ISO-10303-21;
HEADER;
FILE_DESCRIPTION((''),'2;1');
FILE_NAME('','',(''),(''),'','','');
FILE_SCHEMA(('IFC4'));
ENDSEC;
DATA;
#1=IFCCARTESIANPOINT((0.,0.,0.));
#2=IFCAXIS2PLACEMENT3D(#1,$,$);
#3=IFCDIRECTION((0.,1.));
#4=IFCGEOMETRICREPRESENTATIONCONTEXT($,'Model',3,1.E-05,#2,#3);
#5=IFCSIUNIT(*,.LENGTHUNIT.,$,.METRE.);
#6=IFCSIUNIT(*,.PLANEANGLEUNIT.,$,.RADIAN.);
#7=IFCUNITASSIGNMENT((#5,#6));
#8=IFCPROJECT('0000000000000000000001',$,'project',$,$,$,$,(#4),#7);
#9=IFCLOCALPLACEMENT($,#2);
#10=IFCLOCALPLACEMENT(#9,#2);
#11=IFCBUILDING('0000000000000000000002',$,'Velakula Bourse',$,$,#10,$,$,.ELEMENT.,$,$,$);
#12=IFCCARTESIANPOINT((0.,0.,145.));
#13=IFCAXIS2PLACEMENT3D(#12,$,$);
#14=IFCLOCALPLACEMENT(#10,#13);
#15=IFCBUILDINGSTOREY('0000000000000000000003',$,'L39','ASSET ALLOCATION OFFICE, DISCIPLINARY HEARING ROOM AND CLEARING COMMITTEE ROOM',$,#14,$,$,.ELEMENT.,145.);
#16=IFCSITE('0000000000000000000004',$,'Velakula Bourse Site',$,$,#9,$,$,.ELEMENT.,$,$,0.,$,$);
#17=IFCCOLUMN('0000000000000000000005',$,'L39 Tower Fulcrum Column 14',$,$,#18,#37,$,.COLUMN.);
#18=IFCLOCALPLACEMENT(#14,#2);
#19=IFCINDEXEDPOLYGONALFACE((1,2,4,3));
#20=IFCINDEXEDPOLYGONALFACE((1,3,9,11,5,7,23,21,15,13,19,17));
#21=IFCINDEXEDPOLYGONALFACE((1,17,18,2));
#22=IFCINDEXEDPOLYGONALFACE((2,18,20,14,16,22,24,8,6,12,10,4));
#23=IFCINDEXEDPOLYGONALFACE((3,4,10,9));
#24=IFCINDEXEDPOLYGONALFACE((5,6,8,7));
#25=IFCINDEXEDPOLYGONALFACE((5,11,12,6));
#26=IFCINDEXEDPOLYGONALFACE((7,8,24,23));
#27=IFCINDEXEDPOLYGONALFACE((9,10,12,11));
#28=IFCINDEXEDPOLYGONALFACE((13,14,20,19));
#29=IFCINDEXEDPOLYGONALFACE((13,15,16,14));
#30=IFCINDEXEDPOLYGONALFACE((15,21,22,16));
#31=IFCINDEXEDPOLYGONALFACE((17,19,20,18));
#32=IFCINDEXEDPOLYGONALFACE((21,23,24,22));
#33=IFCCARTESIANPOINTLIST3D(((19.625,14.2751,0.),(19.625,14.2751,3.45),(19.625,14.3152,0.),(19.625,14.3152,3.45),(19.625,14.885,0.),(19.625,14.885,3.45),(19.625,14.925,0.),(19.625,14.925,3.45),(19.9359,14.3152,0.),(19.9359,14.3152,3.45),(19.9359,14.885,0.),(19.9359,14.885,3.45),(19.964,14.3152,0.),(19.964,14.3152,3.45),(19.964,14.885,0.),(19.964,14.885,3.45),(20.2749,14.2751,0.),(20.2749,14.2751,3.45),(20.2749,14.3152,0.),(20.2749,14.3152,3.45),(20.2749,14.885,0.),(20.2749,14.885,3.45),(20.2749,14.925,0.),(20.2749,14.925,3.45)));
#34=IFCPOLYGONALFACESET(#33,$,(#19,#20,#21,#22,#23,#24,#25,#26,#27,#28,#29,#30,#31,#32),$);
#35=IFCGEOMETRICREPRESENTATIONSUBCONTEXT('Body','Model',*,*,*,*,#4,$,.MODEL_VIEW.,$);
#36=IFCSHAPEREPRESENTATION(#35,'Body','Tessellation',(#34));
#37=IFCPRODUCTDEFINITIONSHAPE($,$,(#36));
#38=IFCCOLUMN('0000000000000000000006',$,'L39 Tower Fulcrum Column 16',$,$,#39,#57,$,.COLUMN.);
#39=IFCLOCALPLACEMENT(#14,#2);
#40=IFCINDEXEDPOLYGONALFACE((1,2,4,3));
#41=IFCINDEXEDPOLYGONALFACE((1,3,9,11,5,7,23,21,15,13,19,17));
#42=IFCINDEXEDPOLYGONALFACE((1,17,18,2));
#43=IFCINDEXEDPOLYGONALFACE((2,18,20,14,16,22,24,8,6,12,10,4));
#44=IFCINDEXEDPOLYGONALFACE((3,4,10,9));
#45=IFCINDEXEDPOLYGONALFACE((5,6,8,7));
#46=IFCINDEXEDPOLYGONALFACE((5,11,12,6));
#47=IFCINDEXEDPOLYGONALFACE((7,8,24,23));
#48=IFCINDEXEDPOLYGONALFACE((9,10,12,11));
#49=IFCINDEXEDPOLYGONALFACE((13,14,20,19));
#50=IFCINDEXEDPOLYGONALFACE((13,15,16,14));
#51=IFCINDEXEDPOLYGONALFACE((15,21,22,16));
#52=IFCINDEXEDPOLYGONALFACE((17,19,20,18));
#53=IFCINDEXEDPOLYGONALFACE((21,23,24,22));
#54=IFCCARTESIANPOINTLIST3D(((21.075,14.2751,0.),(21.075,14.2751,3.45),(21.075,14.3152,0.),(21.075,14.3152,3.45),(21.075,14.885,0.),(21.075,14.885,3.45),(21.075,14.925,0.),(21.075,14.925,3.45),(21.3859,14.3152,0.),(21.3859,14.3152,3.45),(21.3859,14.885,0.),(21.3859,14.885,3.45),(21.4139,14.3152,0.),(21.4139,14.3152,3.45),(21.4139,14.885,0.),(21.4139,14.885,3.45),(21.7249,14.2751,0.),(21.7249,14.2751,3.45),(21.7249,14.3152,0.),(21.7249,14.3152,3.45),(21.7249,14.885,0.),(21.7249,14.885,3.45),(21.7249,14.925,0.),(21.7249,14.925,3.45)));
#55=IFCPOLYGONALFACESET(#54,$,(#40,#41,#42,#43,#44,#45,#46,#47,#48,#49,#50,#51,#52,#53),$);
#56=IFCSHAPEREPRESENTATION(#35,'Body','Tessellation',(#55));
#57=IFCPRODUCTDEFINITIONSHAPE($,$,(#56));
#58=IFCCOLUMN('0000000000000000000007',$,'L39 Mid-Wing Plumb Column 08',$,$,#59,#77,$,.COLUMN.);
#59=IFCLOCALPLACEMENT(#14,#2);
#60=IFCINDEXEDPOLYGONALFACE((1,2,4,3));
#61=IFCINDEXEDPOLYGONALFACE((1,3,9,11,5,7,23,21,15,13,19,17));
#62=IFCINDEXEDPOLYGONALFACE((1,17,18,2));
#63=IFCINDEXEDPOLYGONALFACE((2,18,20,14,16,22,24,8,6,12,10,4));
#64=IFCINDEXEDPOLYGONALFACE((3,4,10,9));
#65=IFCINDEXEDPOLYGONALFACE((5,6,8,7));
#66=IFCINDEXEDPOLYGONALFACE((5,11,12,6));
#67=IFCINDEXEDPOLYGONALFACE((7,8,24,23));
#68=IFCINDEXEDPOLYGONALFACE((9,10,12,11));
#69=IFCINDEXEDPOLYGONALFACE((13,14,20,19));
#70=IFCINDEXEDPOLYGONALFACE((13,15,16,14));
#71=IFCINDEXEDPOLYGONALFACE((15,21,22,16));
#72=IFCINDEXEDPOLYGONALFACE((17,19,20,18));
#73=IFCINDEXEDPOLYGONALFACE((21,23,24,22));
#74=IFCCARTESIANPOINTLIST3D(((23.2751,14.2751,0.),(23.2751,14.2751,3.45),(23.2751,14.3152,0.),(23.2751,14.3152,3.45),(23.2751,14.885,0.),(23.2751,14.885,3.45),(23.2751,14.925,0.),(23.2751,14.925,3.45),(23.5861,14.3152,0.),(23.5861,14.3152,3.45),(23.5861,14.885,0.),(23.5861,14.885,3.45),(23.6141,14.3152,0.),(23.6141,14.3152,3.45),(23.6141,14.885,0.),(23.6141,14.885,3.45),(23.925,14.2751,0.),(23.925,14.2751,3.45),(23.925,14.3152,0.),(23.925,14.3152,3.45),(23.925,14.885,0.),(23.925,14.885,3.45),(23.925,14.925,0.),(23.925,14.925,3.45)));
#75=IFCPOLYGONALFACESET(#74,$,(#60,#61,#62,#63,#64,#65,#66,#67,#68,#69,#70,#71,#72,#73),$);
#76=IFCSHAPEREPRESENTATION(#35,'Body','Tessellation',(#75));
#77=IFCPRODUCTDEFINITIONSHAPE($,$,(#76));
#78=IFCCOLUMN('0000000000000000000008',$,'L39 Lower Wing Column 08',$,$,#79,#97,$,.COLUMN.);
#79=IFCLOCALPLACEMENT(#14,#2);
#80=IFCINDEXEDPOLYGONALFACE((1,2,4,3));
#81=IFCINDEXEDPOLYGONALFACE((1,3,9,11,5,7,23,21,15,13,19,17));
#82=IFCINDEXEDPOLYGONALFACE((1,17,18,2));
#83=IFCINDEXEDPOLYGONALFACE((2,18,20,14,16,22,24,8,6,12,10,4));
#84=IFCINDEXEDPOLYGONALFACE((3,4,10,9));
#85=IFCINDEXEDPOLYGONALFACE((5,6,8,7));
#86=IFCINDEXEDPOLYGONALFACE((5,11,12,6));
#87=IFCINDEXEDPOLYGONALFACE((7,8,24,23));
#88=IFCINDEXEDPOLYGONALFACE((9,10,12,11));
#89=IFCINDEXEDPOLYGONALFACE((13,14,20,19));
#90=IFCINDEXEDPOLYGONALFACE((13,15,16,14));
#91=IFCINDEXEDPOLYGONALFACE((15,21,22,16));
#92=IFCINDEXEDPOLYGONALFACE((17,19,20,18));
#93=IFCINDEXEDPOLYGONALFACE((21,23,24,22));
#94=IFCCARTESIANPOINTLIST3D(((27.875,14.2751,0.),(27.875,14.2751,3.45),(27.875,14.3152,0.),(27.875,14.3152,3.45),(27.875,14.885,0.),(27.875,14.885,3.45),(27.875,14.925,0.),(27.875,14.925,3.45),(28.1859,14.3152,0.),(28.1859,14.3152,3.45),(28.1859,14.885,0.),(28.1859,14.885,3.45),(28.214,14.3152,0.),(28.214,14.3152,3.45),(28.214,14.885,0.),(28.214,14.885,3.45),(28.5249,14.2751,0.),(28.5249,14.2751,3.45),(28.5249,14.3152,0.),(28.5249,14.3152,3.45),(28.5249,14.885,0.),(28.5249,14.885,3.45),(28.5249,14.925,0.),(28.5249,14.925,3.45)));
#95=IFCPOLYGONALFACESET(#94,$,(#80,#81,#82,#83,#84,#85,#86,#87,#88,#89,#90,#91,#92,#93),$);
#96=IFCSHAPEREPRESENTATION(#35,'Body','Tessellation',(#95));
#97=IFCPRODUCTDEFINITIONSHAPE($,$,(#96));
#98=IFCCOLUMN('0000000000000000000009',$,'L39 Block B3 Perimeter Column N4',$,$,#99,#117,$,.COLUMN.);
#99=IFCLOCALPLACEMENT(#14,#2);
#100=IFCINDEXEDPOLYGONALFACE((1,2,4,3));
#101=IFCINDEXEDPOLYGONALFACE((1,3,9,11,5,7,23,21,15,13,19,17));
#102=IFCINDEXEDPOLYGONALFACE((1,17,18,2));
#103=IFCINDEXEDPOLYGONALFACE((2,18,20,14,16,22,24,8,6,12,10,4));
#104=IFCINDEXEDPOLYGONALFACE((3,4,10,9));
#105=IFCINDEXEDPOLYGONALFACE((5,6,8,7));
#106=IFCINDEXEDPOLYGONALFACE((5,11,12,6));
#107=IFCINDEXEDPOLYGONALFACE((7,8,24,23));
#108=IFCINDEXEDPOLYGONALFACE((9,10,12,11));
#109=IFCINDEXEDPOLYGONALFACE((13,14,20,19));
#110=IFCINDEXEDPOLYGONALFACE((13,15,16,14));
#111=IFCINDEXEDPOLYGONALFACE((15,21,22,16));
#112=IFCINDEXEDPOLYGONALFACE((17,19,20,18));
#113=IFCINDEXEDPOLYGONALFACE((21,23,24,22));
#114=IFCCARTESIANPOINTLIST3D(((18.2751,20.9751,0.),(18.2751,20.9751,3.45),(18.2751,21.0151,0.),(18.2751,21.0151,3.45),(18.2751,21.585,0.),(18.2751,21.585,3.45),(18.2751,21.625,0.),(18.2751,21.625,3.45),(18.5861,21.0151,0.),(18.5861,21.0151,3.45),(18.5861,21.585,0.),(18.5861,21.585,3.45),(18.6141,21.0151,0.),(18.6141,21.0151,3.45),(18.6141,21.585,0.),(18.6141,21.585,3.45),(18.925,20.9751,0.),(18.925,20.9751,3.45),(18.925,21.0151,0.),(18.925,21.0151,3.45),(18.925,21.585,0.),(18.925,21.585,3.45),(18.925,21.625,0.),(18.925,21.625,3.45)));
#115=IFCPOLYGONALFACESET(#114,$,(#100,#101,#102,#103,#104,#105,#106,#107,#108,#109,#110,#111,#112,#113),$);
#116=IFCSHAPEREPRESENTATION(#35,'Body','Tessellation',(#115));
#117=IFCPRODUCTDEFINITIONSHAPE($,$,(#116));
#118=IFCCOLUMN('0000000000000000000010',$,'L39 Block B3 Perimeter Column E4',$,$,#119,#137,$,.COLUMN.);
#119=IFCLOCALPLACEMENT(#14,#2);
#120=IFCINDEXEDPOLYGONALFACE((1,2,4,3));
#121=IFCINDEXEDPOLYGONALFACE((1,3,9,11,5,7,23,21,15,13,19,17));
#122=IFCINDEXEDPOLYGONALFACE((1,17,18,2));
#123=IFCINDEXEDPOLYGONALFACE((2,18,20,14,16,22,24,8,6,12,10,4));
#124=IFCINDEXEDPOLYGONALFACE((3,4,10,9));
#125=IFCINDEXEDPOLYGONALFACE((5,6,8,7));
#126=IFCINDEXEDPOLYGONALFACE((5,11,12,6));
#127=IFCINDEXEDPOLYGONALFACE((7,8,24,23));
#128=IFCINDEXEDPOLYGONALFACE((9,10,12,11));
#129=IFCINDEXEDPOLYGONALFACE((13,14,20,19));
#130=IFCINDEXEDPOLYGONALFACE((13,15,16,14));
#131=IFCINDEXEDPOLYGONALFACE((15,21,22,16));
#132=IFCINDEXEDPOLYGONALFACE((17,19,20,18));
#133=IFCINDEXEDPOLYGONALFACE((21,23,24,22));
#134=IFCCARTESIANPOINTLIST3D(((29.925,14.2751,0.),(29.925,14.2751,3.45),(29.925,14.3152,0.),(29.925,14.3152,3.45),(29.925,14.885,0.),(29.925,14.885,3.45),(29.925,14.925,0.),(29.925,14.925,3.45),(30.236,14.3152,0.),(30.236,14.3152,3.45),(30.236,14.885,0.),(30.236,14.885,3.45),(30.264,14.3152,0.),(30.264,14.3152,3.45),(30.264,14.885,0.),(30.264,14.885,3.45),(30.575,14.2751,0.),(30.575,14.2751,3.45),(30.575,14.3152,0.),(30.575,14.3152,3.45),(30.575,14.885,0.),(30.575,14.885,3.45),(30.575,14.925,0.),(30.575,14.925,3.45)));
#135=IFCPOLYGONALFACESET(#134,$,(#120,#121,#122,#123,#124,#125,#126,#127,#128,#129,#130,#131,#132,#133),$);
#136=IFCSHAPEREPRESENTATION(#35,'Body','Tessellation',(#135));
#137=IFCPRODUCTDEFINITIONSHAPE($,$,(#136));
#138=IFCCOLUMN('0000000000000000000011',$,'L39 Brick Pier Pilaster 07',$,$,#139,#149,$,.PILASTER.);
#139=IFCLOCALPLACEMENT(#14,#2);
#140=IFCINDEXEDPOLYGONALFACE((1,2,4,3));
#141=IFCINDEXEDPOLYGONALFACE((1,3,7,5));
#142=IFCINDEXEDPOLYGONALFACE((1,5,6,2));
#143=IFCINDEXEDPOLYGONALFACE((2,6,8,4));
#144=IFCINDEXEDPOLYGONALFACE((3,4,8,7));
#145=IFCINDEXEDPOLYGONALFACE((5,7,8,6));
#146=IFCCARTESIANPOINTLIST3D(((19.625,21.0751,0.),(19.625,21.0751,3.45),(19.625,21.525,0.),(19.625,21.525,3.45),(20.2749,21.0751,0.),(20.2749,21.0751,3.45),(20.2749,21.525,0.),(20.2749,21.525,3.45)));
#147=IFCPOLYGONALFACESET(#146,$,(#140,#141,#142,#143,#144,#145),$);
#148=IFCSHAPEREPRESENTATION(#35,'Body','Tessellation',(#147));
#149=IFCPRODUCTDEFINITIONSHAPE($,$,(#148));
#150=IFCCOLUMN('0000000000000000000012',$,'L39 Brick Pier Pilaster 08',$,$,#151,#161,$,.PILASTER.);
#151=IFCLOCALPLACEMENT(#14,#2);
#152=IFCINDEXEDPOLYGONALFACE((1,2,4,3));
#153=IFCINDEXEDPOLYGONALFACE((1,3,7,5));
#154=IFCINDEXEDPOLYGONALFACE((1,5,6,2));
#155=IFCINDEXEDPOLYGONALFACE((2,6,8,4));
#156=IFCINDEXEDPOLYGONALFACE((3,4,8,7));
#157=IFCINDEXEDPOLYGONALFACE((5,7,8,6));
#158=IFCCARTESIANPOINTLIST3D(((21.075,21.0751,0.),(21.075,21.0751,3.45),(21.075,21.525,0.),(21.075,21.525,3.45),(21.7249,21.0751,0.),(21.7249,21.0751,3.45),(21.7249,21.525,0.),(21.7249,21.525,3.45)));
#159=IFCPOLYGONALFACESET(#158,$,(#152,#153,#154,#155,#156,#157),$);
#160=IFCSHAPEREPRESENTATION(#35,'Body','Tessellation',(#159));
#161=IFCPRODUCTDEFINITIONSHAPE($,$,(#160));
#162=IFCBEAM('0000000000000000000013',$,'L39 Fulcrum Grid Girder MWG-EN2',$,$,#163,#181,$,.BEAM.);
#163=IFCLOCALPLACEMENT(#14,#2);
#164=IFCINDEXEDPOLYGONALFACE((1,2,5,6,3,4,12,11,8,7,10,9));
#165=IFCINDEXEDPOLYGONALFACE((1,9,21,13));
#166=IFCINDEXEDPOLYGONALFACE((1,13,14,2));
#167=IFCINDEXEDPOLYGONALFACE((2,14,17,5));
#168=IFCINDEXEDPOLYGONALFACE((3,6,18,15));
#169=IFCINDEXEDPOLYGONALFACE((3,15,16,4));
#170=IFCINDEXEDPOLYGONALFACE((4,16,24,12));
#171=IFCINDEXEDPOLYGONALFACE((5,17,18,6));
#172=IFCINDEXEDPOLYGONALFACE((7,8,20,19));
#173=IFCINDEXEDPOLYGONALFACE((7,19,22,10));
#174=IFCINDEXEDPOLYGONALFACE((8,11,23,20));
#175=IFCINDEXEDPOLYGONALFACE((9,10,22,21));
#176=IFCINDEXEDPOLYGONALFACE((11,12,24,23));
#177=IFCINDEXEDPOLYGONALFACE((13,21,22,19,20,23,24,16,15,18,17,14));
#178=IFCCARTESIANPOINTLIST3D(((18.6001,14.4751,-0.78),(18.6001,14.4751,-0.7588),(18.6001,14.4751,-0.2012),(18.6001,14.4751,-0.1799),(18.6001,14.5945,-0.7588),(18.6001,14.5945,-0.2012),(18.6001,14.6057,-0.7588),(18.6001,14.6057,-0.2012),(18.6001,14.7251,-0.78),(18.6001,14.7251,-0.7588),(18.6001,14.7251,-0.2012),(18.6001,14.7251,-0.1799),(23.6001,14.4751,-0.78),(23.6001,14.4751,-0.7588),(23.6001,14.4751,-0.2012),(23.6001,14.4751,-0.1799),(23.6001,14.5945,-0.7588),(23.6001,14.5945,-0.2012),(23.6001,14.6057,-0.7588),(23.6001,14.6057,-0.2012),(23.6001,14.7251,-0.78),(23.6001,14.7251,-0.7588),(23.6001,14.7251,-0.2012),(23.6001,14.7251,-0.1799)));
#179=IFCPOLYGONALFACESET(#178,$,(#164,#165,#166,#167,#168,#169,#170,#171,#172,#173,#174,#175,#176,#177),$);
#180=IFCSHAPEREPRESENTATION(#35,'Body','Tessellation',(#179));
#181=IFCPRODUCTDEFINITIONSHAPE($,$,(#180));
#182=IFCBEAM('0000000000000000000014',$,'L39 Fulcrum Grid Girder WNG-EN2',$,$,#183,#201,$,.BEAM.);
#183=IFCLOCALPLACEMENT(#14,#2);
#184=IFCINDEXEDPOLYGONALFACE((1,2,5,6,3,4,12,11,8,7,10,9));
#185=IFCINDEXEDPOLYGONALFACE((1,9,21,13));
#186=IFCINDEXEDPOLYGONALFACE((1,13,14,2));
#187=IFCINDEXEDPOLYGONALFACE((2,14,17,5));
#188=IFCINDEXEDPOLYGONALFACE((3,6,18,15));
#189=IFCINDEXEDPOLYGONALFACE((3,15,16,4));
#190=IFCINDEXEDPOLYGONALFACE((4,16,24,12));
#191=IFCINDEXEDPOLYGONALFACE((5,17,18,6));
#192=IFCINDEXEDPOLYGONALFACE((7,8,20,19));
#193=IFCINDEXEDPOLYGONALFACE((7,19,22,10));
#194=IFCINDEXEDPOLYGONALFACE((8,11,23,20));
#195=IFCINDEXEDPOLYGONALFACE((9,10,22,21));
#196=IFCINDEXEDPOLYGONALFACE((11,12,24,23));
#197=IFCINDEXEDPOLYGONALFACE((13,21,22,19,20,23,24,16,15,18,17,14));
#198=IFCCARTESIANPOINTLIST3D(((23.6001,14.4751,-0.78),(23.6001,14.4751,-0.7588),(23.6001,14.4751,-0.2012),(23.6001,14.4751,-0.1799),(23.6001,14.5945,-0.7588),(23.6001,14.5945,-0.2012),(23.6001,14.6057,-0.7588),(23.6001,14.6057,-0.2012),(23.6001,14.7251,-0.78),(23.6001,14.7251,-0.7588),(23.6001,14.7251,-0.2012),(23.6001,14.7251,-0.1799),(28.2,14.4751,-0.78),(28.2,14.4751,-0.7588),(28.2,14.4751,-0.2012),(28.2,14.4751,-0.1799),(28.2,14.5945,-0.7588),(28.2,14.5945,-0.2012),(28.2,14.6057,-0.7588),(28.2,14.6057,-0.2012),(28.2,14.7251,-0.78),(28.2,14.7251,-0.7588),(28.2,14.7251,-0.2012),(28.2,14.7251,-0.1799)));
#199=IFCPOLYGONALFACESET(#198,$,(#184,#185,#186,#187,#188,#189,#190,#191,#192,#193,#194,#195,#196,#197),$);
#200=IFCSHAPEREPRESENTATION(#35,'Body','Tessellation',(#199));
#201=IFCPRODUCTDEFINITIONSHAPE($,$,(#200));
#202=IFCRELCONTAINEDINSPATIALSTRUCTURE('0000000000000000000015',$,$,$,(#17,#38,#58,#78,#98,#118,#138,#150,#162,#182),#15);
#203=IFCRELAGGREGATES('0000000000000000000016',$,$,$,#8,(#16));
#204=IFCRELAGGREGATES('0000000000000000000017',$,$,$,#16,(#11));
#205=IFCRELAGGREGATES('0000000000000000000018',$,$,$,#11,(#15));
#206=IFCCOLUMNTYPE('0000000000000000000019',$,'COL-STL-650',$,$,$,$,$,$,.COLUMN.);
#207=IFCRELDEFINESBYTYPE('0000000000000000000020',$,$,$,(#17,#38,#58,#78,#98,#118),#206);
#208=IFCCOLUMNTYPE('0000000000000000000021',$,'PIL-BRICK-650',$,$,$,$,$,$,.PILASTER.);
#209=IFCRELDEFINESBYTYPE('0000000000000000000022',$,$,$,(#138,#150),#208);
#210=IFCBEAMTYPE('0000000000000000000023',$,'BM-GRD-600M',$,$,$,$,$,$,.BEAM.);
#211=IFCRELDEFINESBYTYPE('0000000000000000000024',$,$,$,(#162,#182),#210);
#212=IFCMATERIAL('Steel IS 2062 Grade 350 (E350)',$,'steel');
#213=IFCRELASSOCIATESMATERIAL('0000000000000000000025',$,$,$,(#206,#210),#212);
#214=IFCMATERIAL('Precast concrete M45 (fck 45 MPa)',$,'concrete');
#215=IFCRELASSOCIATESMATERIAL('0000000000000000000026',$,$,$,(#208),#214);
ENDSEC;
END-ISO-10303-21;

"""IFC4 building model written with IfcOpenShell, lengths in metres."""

from ifc_helpers import new_model, si_unit, direction, frame, origin, origin_2d, place, context, subcontext, project, spatial, rectangle, i_section, extrude, material, material_profile, profile_set, type_object, element, save


model = new_model("IFC4")

# Units and contexts
model_context = context("Model", 3, precision=1e-05, world=origin(), true_north=direction((0.0, 1.0)))
body_context = subcontext(model_context, "Body", "Model", "MODEL_VIEW")
ifc_project = project(units=[si_unit("LENGTHUNIT", "METRE"), si_unit("PLANEANGLEUNIT", "RADIAN")], contexts=[model_context])

# Site, building, storey
site_placement = place(None, origin())
site = spatial("IfcSite", under=ifc_project, at=site_placement, Name="Velakula Bourse Site", CompositionType="ELEMENT", RefElevation=0.0)
building_placement = place(site_placement, origin())
building = spatial("IfcBuilding", under=site, at=building_placement, Name="Velakula Bourse", CompositionType="ELEMENT")
storey_placement = place(building_placement, frame((0.0, 0.0, 145.0)))
storey = spatial("IfcBuildingStorey", under=building, at=storey_placement, Name="L39", Description="ASSET ALLOCATION OFFICE, DISCIPLINARY HEARING ROOM AND CLEARING COMMITTEE ROOM", CompositionType="ELEMENT", Elevation=145.0)

# Columns
ifc_material_1 = material(Name="Steel IS 2062 Grade 350 (E350)", Category="steel")
ifc_material_profile_1 = material_profile(ifc_material_1, i_section(OverallWidth=0.6499, OverallDepth=0.6499, WebThickness=0.0281, FlangeThickness=0.04, at=origin_2d()), Name="Steel IS 2062 Grade 350 (E350)")
ifc_profile_set_1 = profile_set([ifc_material_profile_1], Name="Steel IS 2062 Grade 350 (E350)")
column_type_1 = type_object("IfcColumnType", Name="COL-STL-650", PredefinedType="COLUMN", material=ifc_profile_set_1)
for number, where, z_axis, x_axis, name in (
    (1, (19.95, 14.6001, 0.0), (0.0, 0.0, 1.0), (1.0, 0.0, 0.0), "L39 Tower Fulcrum Column 14"),
    (2, (21.3999, 14.6001, 0.0), (0.0, 0.0, 1.0), (1.0, 0.0, 0.0), "L39 Tower Fulcrum Column 16"),
    (3, (23.6001, 14.6001, 0.0), (0.0, 0.0, 1.0), (1.0, 0.0, 0.0), "L39 Mid-Wing Plumb Column 08"),
    (4, (28.2, 14.6001, 0.0), (0.0, 0.0, 1.0), (1.0, 0.0, 0.0), "L39 Lower Wing Column 08"),
    (5, (18.6001, 21.3, 0.0), (0.0, 0.0, 1.0), (1.0, 0.0, 0.0), "L39 Block B3 Perimeter Column N4"),
    (6, (30.25, 14.6001, 0.0), (0.0, 0.0, 1.0), (1.0, 0.0, 0.0), "L39 Block B3 Perimeter Column E4"),
):
    element("IfcColumn", number, at=place(storey_placement, frame(where, z_axis=z_axis, x_axis=x_axis)), inside=storey, type_object=column_type_1, Name=name, PredefinedType="COLUMN", context=body_context, shape_type="SweptSolid", body=[
        extrude(i_section(OverallWidth=0.6499, OverallDepth=0.6499, WebThickness=0.0281, FlangeThickness=0.04, at=origin_2d()), origin(), (0.0, 0.0, 1.0), 3.45),
    ])
ifc_material_2 = material(Name="Precast concrete M45 (fck 45 MPa)", Category="concrete")
ifc_material_profile_2 = material_profile(ifc_material_2, rectangle(XDim=0.6499, YDim=0.45, at=origin_2d()), Name="Precast concrete M45 (fck 45 MPa)")
ifc_profile_set_2 = profile_set([ifc_material_profile_2], Name="Precast concrete M45 (fck 45 MPa)")
column_type_2 = type_object("IfcColumnType", Name="PIL-BRICK-650", PredefinedType="PILASTER", material=ifc_profile_set_2)
for number, where, z_axis, x_axis, name in (
    (7, (19.95, 21.3, 0.0), (0.0, 0.0, 1.0), (1.0, 0.0, 0.0), "L39 Brick Pier Pilaster 07"),
    (8, (21.3999, 21.3, 0.0), (0.0, 0.0, 1.0), (1.0, 0.0, 0.0), "L39 Brick Pier Pilaster 08"),
):
    element("IfcColumn", number, at=place(storey_placement, frame(where, z_axis=z_axis, x_axis=x_axis)), inside=storey, type_object=column_type_2, Name=name, PredefinedType="PILASTER", context=body_context, shape_type="SweptSolid", body=[
        extrude(rectangle(XDim=0.6499, YDim=0.45, at=origin_2d()), origin(), (0.0, 0.0, 1.0), 3.45),
    ])

# Beams
ifc_material_profile_3 = material_profile(ifc_material_1, i_section(OverallWidth=0.25, OverallDepth=0.6001, WebThickness=0.0112, FlangeThickness=0.0212, at=origin_2d()), Name="Steel IS 2062 Grade 350 (E350)")
ifc_profile_set_3 = profile_set([ifc_material_profile_3], Name="Steel IS 2062 Grade 350 (E350)")
beam_type_1 = type_object("IfcBeamType", Name="BM-GRD-600M", PredefinedType="BEAM", material=ifc_profile_set_3)
beam_1_placement = place(storey_placement, frame((18.6001, 14.6001, -0.48), z_axis=(1.0, 0.0, 0.0), x_axis=(0.0, 1.0, 0.0)))
element("IfcBeam", 9, at=beam_1_placement, inside=storey, type_object=beam_type_1, Name="L39 Fulcrum Grid Girder MWG-EN2", PredefinedType="BEAM", context=body_context, shape_type="SweptSolid", body=[
    extrude(i_section(OverallWidth=0.25, OverallDepth=0.6001, WebThickness=0.0112, FlangeThickness=0.0212, at=origin_2d()), origin(), (0.0, 0.0, 1.0), 5.0),
])
beam_2_placement = place(storey_placement, frame((23.6001, 14.6001, -0.48), z_axis=(1.0, 0.0, 0.0), x_axis=(0.0, 1.0, 0.0)))
element("IfcBeam", 10, at=beam_2_placement, inside=storey, type_object=beam_type_1, Name="L39 Fulcrum Grid Girder WNG-EN2", PredefinedType="BEAM", context=body_context, shape_type="SweptSolid", body=[
    extrude(i_section(OverallWidth=0.25, OverallDepth=0.6001, WebThickness=0.0112, FlangeThickness=0.0212, at=origin_2d()), origin(), (0.0, 0.0, 1.0), 4.5999),
])

save(model, "model.ifc")
